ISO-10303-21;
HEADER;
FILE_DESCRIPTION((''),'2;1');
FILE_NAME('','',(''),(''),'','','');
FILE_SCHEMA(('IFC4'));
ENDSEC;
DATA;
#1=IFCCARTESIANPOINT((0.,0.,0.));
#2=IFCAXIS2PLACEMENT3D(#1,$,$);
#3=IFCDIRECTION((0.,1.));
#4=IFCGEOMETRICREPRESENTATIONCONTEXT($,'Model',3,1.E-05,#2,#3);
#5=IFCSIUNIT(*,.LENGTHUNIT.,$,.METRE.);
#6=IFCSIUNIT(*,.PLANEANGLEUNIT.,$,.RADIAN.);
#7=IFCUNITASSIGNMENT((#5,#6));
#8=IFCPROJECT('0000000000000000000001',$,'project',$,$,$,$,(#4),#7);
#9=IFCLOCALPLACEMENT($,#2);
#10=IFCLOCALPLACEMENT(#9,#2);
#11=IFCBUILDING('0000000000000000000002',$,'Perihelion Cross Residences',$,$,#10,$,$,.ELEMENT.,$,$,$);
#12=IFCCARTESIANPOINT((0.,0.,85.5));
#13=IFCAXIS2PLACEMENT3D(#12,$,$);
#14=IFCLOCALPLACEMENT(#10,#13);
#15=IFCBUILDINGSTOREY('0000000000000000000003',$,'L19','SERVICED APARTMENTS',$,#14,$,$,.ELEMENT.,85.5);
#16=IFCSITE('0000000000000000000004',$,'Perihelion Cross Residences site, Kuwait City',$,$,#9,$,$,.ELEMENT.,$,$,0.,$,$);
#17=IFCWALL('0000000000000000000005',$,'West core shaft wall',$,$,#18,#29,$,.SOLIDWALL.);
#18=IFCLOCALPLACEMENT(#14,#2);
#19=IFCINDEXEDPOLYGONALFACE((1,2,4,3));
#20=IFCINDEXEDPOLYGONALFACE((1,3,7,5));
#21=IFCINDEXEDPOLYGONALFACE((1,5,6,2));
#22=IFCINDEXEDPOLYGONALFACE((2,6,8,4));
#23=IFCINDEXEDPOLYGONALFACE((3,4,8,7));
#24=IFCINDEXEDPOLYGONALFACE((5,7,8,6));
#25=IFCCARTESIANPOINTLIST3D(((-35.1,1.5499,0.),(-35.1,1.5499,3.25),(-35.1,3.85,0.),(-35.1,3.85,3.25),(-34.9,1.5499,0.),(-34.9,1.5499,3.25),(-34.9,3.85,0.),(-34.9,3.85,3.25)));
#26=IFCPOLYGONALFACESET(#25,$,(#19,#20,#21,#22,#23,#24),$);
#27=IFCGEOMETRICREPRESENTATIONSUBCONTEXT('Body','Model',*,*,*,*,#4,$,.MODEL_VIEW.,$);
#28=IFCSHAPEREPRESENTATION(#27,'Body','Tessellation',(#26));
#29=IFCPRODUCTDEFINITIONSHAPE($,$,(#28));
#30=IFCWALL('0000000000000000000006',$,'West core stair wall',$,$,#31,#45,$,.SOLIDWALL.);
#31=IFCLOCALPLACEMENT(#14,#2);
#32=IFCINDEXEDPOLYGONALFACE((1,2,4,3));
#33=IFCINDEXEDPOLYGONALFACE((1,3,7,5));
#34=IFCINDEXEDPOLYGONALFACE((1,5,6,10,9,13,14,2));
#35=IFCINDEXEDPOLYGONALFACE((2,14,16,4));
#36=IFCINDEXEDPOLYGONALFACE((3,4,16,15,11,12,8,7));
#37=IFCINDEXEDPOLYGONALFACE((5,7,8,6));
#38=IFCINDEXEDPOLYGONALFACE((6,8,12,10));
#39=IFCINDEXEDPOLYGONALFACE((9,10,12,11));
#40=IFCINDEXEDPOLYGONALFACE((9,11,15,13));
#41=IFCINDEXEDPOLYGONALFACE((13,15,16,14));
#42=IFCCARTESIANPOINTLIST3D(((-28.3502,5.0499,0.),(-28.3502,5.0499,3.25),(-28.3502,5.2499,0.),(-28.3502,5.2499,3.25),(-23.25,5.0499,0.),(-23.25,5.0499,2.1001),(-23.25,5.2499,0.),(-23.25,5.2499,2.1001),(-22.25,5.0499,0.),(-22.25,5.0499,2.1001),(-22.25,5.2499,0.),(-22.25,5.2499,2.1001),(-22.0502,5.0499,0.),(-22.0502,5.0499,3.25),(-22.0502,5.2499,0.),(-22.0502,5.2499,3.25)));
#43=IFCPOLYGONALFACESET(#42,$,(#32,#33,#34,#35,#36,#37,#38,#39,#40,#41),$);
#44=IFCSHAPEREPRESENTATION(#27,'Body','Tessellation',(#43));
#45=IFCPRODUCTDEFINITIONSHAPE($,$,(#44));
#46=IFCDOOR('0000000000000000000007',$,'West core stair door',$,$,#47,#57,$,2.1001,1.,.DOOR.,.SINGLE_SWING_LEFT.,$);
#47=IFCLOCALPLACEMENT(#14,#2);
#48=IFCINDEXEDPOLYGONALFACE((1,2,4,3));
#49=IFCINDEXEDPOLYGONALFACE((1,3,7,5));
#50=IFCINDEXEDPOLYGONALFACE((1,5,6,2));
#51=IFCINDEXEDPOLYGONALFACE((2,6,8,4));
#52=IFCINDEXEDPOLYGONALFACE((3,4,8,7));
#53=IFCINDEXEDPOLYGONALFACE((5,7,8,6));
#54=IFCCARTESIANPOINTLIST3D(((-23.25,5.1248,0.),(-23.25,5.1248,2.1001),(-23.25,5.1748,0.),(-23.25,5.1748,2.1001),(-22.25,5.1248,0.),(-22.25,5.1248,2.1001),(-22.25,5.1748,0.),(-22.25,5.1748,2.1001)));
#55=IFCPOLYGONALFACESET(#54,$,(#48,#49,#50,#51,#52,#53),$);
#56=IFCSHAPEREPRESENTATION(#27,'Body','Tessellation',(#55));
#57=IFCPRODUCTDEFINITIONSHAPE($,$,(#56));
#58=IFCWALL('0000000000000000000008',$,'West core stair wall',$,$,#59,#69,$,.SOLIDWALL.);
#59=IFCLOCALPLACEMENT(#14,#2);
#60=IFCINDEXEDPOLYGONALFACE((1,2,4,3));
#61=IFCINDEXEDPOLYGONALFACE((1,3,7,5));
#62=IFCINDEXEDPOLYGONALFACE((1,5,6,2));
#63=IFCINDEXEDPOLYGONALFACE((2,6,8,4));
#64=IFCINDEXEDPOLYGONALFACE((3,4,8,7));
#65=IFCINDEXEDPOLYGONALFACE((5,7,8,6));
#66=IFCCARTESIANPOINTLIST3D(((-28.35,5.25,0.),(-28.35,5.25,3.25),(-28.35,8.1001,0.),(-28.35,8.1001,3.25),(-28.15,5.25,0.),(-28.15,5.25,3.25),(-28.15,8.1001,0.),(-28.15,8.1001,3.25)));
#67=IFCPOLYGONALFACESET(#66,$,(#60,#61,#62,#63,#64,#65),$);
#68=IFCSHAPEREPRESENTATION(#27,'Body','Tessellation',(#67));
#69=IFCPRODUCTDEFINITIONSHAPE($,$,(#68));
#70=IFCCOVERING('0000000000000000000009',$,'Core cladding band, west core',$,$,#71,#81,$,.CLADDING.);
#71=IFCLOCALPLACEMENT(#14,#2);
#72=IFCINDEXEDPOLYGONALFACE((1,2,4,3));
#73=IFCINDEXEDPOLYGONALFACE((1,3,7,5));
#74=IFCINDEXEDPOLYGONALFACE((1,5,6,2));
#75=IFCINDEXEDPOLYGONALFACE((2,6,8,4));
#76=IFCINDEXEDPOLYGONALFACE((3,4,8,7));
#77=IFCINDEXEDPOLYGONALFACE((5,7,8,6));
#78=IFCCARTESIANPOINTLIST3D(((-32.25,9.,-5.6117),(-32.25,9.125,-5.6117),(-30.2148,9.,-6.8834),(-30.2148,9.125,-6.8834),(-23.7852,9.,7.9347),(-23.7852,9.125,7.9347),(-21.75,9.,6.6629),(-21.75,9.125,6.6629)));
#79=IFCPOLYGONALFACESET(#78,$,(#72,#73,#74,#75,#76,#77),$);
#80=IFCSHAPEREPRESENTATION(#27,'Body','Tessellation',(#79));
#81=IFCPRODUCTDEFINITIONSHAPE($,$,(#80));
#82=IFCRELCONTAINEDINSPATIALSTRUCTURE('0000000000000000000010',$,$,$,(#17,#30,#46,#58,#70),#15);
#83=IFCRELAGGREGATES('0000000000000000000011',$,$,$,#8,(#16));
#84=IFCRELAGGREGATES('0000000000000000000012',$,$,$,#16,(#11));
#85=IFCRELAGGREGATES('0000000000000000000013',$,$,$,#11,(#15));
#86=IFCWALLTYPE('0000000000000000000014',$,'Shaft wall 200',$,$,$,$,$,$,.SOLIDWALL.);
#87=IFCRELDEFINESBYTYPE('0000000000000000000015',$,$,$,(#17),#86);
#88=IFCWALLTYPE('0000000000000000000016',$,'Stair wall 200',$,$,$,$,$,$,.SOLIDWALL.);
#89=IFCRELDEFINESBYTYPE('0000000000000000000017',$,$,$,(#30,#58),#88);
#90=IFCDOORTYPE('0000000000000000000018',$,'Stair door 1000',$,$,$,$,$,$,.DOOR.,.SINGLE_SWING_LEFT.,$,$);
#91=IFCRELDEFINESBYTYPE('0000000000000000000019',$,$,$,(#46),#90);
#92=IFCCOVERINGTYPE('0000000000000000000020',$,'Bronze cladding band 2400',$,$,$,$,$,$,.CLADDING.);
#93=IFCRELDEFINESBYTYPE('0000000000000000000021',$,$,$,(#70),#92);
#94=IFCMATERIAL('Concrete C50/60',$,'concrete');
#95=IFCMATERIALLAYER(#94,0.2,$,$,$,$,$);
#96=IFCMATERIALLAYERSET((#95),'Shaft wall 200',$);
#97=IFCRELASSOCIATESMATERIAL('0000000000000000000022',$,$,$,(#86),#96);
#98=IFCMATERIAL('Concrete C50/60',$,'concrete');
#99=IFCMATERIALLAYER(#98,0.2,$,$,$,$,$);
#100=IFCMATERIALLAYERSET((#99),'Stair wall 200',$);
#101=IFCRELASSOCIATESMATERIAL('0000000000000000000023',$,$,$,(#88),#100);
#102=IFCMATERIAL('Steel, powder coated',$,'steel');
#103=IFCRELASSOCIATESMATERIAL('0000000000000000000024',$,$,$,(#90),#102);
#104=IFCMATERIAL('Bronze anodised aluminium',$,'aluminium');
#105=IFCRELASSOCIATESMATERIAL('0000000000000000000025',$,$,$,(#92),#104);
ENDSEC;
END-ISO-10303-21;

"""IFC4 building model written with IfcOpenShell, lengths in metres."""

from ifc_helpers import new_model, si_unit, direction, frame, frame_2d, origin, origin_2d, place, context, subcontext, project, spatial, rectangle, extrude, material, layer, layer_set, material_profile, profile_set, type_object, element, fill, save


model = new_model("IFC4")

# Units and contexts
model_context = context("Model", 3, precision=1e-05, world=origin(), true_north=direction((0.0, 1.0)))
body_context = subcontext(model_context, "Body", "Model", "MODEL_VIEW")
ifc_project = project(units=[si_unit("LENGTHUNIT", "METRE"), si_unit("PLANEANGLEUNIT", "RADIAN")], contexts=[model_context])

# Site, building, storey
site_placement = place(None, origin())
site = spatial("IfcSite", under=ifc_project, at=site_placement, Name="Perihelion Cross Residences site, Kuwait City", CompositionType="ELEMENT", RefElevation=0.0)
building_placement = place(site_placement, origin())
building = spatial("IfcBuilding", under=site, at=building_placement, Name="Perihelion Cross Residences", CompositionType="ELEMENT")
storey_placement = place(building_placement, frame((0.0, 0.0, 85.5)))
storey = spatial("IfcBuildingStorey", under=building, at=storey_placement, Name="L19", Description="SERVICED APARTMENTS", CompositionType="ELEMENT", Elevation=85.5)

# Shared definitions
ifc_material_1 = material(Name="Concrete C50/60", Category="concrete")
ifc_layer_1 = layer(ifc_material_1, 0.2)
ifc_layer_set_1 = layer_set([ifc_layer_1], Name="Shaft wall 200")
wall_type_1 = type_object("IfcWallType", Name="Shaft wall 200", PredefinedType="SOLIDWALL", material=ifc_layer_set_1)

# Wall
for number, where, z_axis, x_axis, name in (
    (1, (-35.0, 1.55, 0.0), (0.0, 0.0, 1.0), (0.0, 1.0, 0.0), "West core shaft wall"),
):
    element("IfcWall", number, at=place(storey_placement, frame(where, z_axis=z_axis, x_axis=x_axis)), inside=storey, type_object=wall_type_1, Name=name, PredefinedType="SOLIDWALL", context=body_context, shape_type="SweptSolid", body=[
        extrude(rectangle(XDim=2.3, YDim=0.2, at=frame_2d((1.1499, 0.0))), origin(), (0.0, 0.0, 1.0), 3.25),
    ])

# Wall, opening, door
ifc_material_2 = material(Name="Concrete C50/60", Category="concrete")
ifc_layer_2 = layer(ifc_material_2, 0.2)
ifc_layer_set_2 = layer_set([ifc_layer_2], Name="Stair wall 200")
wall_type_2 = type_object("IfcWallType", Name="Stair wall 200", PredefinedType="SOLIDWALL", material=ifc_layer_set_2)
wall_1_placement = place(storey_placement, frame((-28.3501, 5.1499, 0.0), z_axis=(0.0, 0.0, 1.0), x_axis=(1.0, 0.0, 0.0)))
wall_1 = element("IfcWall", 2, at=wall_1_placement, inside=storey, type_object=wall_type_2, Name="West core stair wall", PredefinedType="SOLIDWALL", context=body_context, shape_type="SweptSolid", body=[
    extrude(rectangle(XDim=6.3, YDim=0.2, at=frame_2d((3.1499, 0.0))), origin(), (0.0, 0.0, 1.0), 3.25),
])
opening_1_placement = place(wall_1_placement, frame((5.1001, 0.0, 0.0)))
opening_1 = element("IfcOpeningElement", 3, at=opening_1_placement, cuts=wall_1, PredefinedType="OPENING", context=body_context, shape_type="SweptSolid", body=[
    extrude(rectangle(XDim=1.0, YDim=2.1001, at=frame_2d((0.5, 1.05))), frame((0.0, 0.1099, 0.0), z_axis=(0.0, -1.0, 0.0), x_axis=(1.0, 0.0, 0.0)), (0.0, 0.0, 1.0), 0.22),
])
ifc_material_3 = material(Name="Steel, powder coated", Category="steel")
door_type_1 = type_object("IfcDoorType", Name="Stair door 1000", OperationType="SINGLE_SWING_LEFT", PredefinedType="DOOR", material=ifc_material_3)
door_1_placement = place(opening_1_placement, origin())
door_1 = element("IfcDoor", 4, at=door_1_placement, inside=storey, type_object=door_type_1, Name="West core stair door", OperationType="SINGLE_SWING_LEFT", OverallHeight=2.1001, OverallWidth=1.0, PredefinedType="DOOR", context=body_context, shape_type="SweptSolid", body=[
    extrude(rectangle(XDim=1.0, YDim=2.1001, at=frame_2d((0.5, 1.05))), frame((0.0, 0.0249, 0.0), z_axis=(0.0, -1.0, 0.0), x_axis=(1.0, 0.0, 0.0)), (0.0, 0.0, 1.0), 0.05),
])
fill(opening_1, door_1)

# Wall
wall_2_placement = place(storey_placement, frame((-28.25, 5.25, 0.0), z_axis=(0.0, 0.0, 1.0), x_axis=(0.0, 1.0, 0.0)))
element("IfcWall", 5, at=wall_2_placement, inside=storey, type_object=wall_type_2, Name="West core stair wall", PredefinedType="SOLIDWALL", context=body_context, shape_type="SweptSolid", body=[
    extrude(rectangle(XDim=2.8501, YDim=0.2, at=frame_2d((1.425, 0.0))), origin(), (0.0, 0.0, 1.0), 3.25),
])

# Covering
ifc_material_4 = material(Name="Bronze anodised aluminium", Category="aluminium")
ifc_material_profile = material_profile(ifc_material_4, rectangle(XDim=0.125, YDim=2.3999, at=origin_2d()), Name="Bronze cladding band 2400")
ifc_profile_set = profile_set([ifc_material_profile], Name="Bronze anodised aluminium")
covering_type = type_object("IfcCoveringType", Name="Bronze cladding band 2400", PredefinedType="CLADDING", material=ifc_profile_set)
covering_placement = place(storey_placement, frame((-31.2324, 9.0625, -6.2476), z_axis=(0.529925, 0.0, 0.848045), x_axis=(0.0, 1.0, 0.0)))
element("IfcCovering", 6, at=covering_placement, inside=storey, type_object=covering_type, Name="Core cladding band, west core", PredefinedType="CLADDING", context=body_context, shape_type="SweptSolid", body=[
    extrude(rectangle(XDim=0.125, YDim=2.3999, at=origin_2d()), origin(), (0.0, 0.0, 1.0), 15.9736),
])

save(model, "model.ifc")
